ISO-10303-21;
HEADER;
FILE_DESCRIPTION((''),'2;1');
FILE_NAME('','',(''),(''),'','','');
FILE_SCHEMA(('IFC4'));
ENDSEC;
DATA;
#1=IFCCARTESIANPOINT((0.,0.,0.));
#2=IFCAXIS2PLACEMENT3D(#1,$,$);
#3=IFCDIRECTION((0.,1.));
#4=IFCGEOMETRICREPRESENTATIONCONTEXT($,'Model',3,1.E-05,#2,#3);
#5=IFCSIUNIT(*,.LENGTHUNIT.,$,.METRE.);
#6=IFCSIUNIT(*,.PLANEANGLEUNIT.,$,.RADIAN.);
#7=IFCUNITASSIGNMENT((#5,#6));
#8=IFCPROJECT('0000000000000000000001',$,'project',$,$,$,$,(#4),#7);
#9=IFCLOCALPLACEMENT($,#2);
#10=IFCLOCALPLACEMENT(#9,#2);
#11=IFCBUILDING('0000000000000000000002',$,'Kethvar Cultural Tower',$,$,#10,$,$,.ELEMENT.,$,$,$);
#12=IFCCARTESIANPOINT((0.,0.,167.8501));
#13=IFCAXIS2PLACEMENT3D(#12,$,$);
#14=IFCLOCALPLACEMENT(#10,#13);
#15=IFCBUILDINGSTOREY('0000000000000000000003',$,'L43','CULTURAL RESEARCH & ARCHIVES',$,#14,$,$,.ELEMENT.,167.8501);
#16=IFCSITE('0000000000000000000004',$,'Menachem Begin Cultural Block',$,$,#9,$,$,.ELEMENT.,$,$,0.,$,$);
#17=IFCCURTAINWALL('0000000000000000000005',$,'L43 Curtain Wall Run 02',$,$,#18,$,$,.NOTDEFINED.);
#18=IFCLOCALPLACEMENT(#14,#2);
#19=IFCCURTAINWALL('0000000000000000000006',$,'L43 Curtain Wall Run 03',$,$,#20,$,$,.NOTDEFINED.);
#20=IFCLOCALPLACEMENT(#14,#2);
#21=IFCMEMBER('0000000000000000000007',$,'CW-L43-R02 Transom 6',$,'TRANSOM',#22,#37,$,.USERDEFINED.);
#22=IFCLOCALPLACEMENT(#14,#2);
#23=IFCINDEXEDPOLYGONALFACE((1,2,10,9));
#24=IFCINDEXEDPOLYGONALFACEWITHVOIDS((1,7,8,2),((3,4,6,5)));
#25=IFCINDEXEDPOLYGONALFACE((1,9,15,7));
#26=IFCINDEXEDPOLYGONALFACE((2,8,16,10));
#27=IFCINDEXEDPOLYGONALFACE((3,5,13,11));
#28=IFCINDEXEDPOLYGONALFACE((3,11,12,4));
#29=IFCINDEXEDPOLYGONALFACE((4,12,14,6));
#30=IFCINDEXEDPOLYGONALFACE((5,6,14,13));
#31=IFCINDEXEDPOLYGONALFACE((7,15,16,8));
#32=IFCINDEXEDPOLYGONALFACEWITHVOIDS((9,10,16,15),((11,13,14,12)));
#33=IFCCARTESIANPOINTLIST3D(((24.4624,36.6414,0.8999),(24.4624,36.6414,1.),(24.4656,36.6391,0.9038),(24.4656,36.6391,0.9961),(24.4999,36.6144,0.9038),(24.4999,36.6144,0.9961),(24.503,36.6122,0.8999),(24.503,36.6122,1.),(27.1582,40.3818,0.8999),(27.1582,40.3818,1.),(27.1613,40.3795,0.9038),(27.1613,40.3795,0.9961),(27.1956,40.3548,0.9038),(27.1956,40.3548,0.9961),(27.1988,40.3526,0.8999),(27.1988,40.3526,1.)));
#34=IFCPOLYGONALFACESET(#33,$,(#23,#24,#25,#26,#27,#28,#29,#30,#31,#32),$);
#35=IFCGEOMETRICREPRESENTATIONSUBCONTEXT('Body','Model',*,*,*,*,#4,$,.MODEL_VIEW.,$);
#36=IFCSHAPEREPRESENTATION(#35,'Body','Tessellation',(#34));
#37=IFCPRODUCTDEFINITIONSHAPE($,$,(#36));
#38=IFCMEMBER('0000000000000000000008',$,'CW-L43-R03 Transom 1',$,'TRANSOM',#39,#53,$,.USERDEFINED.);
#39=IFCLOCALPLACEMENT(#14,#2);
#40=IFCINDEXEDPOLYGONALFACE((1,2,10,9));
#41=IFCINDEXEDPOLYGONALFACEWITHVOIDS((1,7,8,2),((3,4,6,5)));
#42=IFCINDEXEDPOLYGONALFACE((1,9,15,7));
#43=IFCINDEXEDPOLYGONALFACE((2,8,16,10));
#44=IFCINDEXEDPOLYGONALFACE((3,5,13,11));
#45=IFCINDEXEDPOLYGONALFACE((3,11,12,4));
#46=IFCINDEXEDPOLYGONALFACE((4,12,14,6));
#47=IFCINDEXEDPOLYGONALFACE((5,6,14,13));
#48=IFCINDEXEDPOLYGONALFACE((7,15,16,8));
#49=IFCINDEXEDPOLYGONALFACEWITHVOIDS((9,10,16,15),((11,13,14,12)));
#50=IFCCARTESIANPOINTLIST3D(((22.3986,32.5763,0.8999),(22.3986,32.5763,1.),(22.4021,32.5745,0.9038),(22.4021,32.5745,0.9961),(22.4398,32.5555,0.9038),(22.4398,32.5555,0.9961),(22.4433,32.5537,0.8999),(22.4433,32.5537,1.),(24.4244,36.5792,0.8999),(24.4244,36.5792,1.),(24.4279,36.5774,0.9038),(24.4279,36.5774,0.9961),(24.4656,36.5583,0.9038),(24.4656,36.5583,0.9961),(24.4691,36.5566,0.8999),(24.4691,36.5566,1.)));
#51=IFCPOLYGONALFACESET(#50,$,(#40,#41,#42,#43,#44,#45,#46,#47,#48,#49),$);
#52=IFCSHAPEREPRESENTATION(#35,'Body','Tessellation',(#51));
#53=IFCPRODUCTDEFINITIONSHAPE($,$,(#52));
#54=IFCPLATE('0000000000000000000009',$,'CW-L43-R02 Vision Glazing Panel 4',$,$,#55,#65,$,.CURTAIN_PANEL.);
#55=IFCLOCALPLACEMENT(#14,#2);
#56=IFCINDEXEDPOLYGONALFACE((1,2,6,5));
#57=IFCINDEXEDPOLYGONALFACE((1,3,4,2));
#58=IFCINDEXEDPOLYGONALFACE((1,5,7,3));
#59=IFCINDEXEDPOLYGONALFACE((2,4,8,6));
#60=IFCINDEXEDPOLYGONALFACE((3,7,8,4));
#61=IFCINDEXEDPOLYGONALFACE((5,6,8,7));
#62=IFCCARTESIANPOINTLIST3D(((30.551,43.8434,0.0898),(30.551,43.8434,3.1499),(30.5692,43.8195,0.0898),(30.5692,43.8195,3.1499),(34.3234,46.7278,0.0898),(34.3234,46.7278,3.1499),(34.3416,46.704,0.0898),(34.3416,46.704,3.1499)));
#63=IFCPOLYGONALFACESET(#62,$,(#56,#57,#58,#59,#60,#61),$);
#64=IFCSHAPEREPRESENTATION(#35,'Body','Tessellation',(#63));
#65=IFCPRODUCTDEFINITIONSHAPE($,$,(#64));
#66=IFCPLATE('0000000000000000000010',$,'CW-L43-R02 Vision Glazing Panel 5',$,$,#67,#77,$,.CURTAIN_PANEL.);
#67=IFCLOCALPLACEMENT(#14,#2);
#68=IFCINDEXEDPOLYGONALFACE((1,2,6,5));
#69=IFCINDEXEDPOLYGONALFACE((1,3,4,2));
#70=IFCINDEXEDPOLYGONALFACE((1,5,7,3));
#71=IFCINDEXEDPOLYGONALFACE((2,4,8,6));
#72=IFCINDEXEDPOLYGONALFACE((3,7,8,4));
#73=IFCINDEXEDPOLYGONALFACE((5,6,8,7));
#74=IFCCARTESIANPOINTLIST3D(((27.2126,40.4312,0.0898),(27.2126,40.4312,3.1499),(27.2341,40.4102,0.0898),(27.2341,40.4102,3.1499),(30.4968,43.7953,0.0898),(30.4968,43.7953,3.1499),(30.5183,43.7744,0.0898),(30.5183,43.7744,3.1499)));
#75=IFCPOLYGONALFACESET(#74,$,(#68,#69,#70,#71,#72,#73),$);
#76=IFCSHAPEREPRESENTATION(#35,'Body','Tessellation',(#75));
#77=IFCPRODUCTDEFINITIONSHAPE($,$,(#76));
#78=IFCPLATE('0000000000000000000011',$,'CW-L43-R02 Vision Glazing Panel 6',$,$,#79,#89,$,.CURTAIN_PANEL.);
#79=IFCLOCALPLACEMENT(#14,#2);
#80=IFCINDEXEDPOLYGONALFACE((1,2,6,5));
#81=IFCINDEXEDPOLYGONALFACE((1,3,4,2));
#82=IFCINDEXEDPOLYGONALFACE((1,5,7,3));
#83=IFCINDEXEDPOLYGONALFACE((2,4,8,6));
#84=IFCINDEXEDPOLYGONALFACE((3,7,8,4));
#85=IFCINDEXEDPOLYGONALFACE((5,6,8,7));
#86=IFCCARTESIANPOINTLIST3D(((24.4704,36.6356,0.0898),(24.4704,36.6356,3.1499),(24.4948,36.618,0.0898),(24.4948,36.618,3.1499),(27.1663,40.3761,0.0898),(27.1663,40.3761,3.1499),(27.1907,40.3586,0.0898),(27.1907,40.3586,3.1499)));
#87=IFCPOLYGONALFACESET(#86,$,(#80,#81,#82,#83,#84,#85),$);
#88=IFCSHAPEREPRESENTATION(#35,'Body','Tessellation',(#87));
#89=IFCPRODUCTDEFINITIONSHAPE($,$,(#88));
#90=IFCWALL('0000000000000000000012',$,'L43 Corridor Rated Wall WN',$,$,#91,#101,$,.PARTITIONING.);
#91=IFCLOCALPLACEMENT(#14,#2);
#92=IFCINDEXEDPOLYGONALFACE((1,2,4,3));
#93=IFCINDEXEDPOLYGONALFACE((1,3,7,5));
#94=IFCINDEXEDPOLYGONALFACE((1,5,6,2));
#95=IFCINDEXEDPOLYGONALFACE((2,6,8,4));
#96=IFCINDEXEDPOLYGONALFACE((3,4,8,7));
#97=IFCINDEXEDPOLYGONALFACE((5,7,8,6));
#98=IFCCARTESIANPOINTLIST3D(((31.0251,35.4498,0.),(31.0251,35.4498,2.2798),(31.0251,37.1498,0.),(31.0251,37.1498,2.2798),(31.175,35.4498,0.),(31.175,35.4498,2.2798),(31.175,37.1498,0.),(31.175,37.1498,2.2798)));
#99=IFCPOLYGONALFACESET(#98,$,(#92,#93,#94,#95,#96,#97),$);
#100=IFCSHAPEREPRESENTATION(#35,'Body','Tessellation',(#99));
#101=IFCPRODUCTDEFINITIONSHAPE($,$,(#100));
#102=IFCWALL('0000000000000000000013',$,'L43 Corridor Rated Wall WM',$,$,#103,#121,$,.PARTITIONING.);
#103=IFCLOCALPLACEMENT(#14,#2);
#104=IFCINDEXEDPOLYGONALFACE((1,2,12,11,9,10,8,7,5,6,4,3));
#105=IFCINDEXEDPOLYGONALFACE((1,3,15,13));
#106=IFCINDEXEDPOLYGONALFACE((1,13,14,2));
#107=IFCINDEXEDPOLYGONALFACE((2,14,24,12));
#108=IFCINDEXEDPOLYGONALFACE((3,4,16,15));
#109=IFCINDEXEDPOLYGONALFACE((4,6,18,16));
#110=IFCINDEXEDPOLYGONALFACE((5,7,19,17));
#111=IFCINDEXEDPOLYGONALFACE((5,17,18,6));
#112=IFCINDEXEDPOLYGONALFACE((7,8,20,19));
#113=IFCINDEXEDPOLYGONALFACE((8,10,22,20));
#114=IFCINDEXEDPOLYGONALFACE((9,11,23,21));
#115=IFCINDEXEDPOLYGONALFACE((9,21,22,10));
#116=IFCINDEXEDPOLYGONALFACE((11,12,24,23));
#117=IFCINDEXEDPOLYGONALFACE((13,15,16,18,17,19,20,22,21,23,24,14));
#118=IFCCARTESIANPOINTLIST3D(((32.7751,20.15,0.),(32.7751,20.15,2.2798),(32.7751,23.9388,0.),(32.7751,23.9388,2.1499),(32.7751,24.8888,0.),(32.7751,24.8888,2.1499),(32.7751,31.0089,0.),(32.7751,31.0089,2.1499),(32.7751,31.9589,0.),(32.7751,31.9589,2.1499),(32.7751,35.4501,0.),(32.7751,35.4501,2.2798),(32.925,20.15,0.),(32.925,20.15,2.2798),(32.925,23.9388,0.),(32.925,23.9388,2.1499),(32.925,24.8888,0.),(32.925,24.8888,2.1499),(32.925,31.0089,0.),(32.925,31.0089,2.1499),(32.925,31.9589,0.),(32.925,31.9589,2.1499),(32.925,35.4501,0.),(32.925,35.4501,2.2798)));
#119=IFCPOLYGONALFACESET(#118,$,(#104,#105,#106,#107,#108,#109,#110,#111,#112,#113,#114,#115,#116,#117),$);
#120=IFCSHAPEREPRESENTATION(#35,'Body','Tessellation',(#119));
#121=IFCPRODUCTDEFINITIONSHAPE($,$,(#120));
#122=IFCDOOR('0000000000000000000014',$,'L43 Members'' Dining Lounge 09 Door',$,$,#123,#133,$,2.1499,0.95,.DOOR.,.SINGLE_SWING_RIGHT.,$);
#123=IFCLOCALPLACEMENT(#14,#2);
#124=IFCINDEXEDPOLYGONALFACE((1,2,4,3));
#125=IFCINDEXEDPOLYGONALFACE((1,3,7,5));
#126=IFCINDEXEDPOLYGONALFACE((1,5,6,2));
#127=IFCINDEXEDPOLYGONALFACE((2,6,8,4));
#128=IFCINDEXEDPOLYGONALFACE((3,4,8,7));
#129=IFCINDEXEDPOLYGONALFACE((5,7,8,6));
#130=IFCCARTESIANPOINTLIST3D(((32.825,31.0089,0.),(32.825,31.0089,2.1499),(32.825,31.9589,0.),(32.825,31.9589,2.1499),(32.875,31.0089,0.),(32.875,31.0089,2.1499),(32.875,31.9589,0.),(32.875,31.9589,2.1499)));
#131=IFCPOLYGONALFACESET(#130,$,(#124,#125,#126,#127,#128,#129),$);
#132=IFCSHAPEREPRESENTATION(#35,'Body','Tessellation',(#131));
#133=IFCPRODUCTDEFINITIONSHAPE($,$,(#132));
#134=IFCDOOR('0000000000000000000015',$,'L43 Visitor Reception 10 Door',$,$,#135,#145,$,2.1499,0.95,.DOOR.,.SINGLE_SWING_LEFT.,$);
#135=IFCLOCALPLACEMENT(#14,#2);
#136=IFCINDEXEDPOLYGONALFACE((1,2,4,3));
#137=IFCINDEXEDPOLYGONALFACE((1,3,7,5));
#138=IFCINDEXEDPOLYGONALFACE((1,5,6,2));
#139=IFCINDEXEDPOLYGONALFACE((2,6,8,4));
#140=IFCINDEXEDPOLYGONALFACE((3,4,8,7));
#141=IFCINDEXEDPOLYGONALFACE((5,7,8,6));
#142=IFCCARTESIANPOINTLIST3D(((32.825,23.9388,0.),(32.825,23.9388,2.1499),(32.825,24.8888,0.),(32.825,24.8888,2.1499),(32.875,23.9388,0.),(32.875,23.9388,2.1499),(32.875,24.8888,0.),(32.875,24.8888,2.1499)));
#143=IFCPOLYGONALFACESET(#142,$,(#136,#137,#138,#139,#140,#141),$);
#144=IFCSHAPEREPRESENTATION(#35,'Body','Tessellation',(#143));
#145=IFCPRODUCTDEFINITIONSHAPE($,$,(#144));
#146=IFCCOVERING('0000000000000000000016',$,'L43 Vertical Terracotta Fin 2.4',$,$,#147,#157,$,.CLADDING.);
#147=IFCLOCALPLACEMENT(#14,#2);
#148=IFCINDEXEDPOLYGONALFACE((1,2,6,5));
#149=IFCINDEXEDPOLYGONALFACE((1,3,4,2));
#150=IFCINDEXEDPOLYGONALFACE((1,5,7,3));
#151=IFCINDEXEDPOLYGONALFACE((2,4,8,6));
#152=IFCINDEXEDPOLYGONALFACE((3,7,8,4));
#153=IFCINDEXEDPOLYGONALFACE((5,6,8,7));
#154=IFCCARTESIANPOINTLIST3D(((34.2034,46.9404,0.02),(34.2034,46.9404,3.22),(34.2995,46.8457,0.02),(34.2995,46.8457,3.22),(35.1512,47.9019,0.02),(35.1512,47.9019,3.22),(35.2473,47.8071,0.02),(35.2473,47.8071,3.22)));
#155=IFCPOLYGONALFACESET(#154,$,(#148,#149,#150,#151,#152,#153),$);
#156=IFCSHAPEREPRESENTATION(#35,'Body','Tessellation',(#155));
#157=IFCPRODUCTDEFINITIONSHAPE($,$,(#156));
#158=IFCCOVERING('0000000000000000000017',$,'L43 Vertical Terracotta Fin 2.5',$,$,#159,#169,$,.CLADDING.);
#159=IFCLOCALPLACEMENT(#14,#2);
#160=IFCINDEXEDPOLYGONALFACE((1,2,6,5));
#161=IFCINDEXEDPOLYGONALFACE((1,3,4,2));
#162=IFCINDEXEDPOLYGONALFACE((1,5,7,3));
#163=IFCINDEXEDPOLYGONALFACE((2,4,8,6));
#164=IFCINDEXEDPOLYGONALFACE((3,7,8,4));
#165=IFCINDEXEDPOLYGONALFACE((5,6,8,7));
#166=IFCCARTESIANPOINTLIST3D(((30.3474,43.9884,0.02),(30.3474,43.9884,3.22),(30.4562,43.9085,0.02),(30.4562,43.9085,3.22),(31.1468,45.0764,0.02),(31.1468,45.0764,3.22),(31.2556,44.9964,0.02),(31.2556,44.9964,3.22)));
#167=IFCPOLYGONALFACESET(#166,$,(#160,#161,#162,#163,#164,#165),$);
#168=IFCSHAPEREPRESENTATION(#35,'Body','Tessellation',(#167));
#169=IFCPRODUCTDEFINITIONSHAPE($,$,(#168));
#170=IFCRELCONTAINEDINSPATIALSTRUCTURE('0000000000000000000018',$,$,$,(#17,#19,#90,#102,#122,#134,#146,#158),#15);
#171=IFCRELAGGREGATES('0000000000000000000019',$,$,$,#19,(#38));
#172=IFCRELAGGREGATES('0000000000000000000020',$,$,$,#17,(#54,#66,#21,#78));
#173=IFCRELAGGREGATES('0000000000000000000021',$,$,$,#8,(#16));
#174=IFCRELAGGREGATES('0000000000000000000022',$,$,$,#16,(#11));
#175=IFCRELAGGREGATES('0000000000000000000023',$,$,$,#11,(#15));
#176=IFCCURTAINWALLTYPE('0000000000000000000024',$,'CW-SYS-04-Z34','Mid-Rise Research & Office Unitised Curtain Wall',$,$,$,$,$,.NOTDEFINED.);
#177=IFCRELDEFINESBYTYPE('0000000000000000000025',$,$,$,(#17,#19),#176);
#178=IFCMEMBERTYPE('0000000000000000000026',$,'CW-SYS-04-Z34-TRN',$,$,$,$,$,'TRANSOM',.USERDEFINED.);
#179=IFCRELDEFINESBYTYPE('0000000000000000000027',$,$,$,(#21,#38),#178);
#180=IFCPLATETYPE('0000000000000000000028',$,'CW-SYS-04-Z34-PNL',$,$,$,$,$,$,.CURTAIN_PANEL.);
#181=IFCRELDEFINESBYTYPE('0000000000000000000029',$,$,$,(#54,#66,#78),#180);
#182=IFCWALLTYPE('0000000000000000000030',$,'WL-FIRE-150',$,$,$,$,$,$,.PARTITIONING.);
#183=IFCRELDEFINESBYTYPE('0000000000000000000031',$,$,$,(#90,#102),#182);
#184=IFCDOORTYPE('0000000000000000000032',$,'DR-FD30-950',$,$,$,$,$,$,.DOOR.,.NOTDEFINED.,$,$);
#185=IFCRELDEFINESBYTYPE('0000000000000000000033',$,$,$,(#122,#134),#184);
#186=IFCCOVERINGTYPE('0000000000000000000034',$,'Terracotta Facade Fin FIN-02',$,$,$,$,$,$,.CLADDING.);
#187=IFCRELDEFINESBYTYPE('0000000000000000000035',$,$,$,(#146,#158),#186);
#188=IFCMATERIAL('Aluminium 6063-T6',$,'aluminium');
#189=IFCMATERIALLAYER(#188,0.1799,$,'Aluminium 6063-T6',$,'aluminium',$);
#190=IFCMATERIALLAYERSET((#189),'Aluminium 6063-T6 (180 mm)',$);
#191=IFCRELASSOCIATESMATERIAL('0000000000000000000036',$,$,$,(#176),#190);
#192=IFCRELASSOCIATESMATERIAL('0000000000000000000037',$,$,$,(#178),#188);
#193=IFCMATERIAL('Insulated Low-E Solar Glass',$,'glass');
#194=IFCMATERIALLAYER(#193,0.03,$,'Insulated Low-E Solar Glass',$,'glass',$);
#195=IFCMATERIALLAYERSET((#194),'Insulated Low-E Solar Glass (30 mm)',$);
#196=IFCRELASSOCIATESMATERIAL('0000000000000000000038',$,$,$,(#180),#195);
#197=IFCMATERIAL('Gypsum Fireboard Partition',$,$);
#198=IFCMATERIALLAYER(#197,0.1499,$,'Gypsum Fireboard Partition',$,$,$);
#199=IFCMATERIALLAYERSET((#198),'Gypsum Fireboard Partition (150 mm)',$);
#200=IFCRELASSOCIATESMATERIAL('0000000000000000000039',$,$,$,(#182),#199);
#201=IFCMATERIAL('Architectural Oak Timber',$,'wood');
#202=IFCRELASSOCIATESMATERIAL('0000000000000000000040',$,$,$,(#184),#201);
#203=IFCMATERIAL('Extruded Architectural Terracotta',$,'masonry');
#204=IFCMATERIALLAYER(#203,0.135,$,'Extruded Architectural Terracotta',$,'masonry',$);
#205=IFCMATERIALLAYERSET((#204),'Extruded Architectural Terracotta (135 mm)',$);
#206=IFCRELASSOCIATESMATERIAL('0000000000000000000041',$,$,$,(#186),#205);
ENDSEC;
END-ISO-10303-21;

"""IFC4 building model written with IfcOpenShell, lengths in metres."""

from ifc_helpers import new_model, si_unit, direction, frame, frame_2d, origin, origin_2d, place, context, subcontext, project, spatial, rectangle, hollow_rectangle, extrude, source, transform, mapped, material, layer, layer_set, material_profile, profile_set, type_object, element, fill, aggregate, save


model = new_model("IFC4")

# Units and contexts
model_context = context("Model", 3, precision=1e-05, world=origin(), true_north=direction((0.0, 1.0)))
body_context = subcontext(model_context, "Body", "Model", "MODEL_VIEW")
ifc_project = project(units=[si_unit("LENGTHUNIT", "METRE"), si_unit("PLANEANGLEUNIT", "RADIAN")], contexts=[model_context])

# Site, building, storey
site_placement = place(None, origin())
site = spatial("IfcSite", under=ifc_project, at=site_placement, Name="Menachem Begin Cultural Block", CompositionType="ELEMENT", RefElevation=0.0)
building_placement = place(site_placement, origin())
building = spatial("IfcBuilding", under=site, at=building_placement, Name="Kethvar Cultural Tower", CompositionType="ELEMENT")
storey_placement = place(building_placement, frame((0.0, 0.0, 167.8501)))
storey = spatial("IfcBuildingStorey", under=building, at=storey_placement, Name="L43", Description="CULTURAL RESEARCH & ARCHIVES", CompositionType="ELEMENT", Elevation=167.8501)

# Curtain wall
ifc_material_1 = material(Name="Aluminium 6063-T6", Category="aluminium")
ifc_layer_1 = layer(ifc_material_1, 0.1799, Name="Aluminium 6063-T6", Category="aluminium")
ifc_layer_set_1 = layer_set([ifc_layer_1], Name="Aluminium 6063-T6 (180 mm)")
curtain_wall_type = type_object("IfcCurtainWallType", Name="CW-SYS-04-Z34", Description="Mid-Rise Research & Office Unitised Curtain Wall", PredefinedType="NOTDEFINED", material=ifc_layer_set_1)
curtain_wall_1_placement = place(storey_placement, origin())
curtain_wall_1 = element("IfcCurtainWall", 1, at=curtain_wall_1_placement, inside=storey, type_object=curtain_wall_type, Name="L43 Curtain Wall Run 02", PredefinedType="NOTDEFINED")

# Curtain wall
curtain_wall_2_placement = place(storey_placement, origin())
curtain_wall_2 = element("IfcCurtainWall", 2, at=curtain_wall_2_placement, inside=storey, type_object=curtain_wall_type, Name="L43 Curtain Wall Run 03", PredefinedType="NOTDEFINED")

# Members
ifc_material_profile_1 = material_profile(ifc_material_1, hollow_rectangle(XDim=0.05, YDim=0.1001, WallThickness=0.0039, at=origin_2d()), Name="Aluminium 6063-T6 — RHS100x50x4")
ifc_profile_set_1 = profile_set([ifc_material_profile_1], Name="Aluminium 6063-T6 — RHS100x50x4")
member_type_1 = type_object("IfcMemberType", Name="CW-SYS-04-Z34-TRN", ElementType="TRANSOM", PredefinedType="USERDEFINED", material=ifc_profile_set_1)
shared_shape_1 = source(origin(), body_context, "Body", "SweptSolid", [
    extrude(hollow_rectangle(XDim=0.05, YDim=0.1001, WallThickness=0.0039, at=origin_2d()), origin(), (0.0, 0.0, 1.0), 4.6106),
])
member_1_placement = place(storey_placement, frame((27.1785, 40.3672, 0.95), z_axis=(-0.584684, -0.811261, 0.0), x_axis=(0.811261, -0.584684, 0.0)))
member_1 = element("IfcMember", 3, at=member_1_placement, type_object=member_type_1, Name="CW-L43-R02 Transom 6", ObjectType="TRANSOM", PredefinedType="USERDEFINED", context=body_context, shape_type="MappedRepresentation", body=[
    mapped(shared_shape_1, transform((0.0, 0.0, 0.0), scale=1.0)),
])
shared_shape_2 = source(origin(), body_context, "Body", "SweptSolid", [
    extrude(hollow_rectangle(XDim=0.05, YDim=0.1001, WallThickness=0.0039, at=origin_2d()), origin(), (0.0, 0.0, 1.0), 4.4863),
])
member_2_placement = place(storey_placement, frame((24.4468, 36.5679, 0.95), z_axis=(-0.451562, -0.89224, 0.0), x_axis=(0.89224, -0.451562, 0.0)))
member_2 = element("IfcMember", 4, at=member_2_placement, type_object=member_type_1, Name="CW-L43-R03 Transom 1", ObjectType="TRANSOM", PredefinedType="USERDEFINED", context=body_context, shape_type="MappedRepresentation", body=[
    mapped(shared_shape_2, transform((0.0, 0.0, 0.0), scale=1.0)),
])
aggregate(curtain_wall_2, [member_2])

# Plates
ifc_material_2 = material(Name="Insulated Low-E Solar Glass", Category="glass")
ifc_layer_2 = layer(ifc_material_2, 0.03, Name="Insulated Low-E Solar Glass", Category="glass")
ifc_layer_set_2 = layer_set([ifc_layer_2], Name="Insulated Low-E Solar Glass (30 mm)")
plate_type = type_object("IfcPlateType", Name="CW-SYS-04-Z34-PNL", PredefinedType="CURTAIN_PANEL", material=ifc_layer_set_2)
shared_shape_3 = source(origin(), body_context, "Body", "SweptSolid", [
    extrude(rectangle(XDim=4.7488, YDim=0.03, at=origin_2d()), origin(), (0.0, 0.0, 1.0), 3.0601),
])
plate_1_placement = place(storey_placement, frame((32.4463, 45.2737, 0.0898), z_axis=(0.0, 0.0, 1.0), x_axis=(-0.794393, -0.607404, 0.0)))
plate_1 = element("IfcPlate", 5, at=plate_1_placement, type_object=plate_type, Name="CW-L43-R02 Vision Glazing Panel 4", PredefinedType="CURTAIN_PANEL", context=body_context, shape_type="MappedRepresentation", body=[
    mapped(shared_shape_3, transform((0.0, 0.0, 0.0), scale=1.0)),
])
shared_shape_4 = source(origin(), body_context, "Body", "SweptSolid", [
    extrude(rectangle(XDim=4.7014, YDim=0.03, at=origin_2d()), origin(), (0.0, 0.0, 1.0), 3.0601),
])
plate_2_placement = place(storey_placement, frame((28.8655, 42.1028, 0.0898), z_axis=(0.0, 0.0, 1.0), x_axis=(-0.698553, -0.715559, 0.0)))
plate_2 = element("IfcPlate", 6, at=plate_2_placement, type_object=plate_type, Name="CW-L43-R02 Vision Glazing Panel 5", PredefinedType="CURTAIN_PANEL", context=body_context, shape_type="MappedRepresentation", body=[
    mapped(shared_shape_4, transform((0.0, 0.0, 0.0), scale=1.0)),
])
shared_shape_5 = source(origin(), body_context, "Body", "SweptSolid", [
    extrude(rectangle(XDim=4.6108, YDim=0.03, at=origin_2d()), origin(), (0.0, 0.0, 1.0), 3.0601),
])
plate_3_placement = place(storey_placement, frame((25.8306, 38.4971, 0.0898), z_axis=(0.0, 0.0, 1.0), x_axis=(-0.584689, -0.811258, 0.0)))
plate_3 = element("IfcPlate", 7, at=plate_3_placement, type_object=plate_type, Name="CW-L43-R02 Vision Glazing Panel 6", PredefinedType="CURTAIN_PANEL", context=body_context, shape_type="MappedRepresentation", body=[
    mapped(shared_shape_5, transform((0.0, 0.0, 0.0), scale=1.0)),
])
aggregate(curtain_wall_1, [plate_1, plate_2, member_1, plate_3])

# Wall
ifc_material_3 = material(Name="Gypsum Fireboard Partition")
ifc_layer_3 = layer(ifc_material_3, 0.1499, Name="Gypsum Fireboard Partition")
ifc_layer_set_3 = layer_set([ifc_layer_3], Name="Gypsum Fireboard Partition (150 mm)")
wall_type = type_object("IfcWallType", Name="WL-FIRE-150", PredefinedType="PARTITIONING", material=ifc_layer_set_3)
wall_1_placement = place(storey_placement, frame((31.1001, 37.1499, 0.0), z_axis=(0.0, 0.0, 1.0), x_axis=(0.0, -1.0, 0.0)))
element("IfcWall", 8, at=wall_1_placement, inside=storey, type_object=wall_type, Name="L43 Corridor Rated Wall WN", PredefinedType="PARTITIONING", context=body_context, shape_type="SweptSolid", body=[
    extrude(rectangle(XDim=1.7, YDim=0.1499, at=frame_2d((0.8501, 0.0))), origin(), (0.0, 0.0, 1.0), 2.2798),
])

# Wall, openings, doors
wall_2_placement = place(storey_placement, frame((32.8501, 35.45, 0.0), z_axis=(0.0, 0.0, 1.0), x_axis=(0.0, -1.0, 0.0)))
wall_2 = element("IfcWall", 9, at=wall_2_placement, inside=storey, type_object=wall_type, Name="L43 Corridor Rated Wall WM", PredefinedType="PARTITIONING", context=body_context, shape_type="SweptSolid", body=[
    extrude(rectangle(XDim=15.3, YDim=0.1499, at=frame_2d((7.6499, 0.0))), origin(), (0.0, 0.0, 1.0), 2.2798),
])
opening_1_placement = place(wall_2_placement, frame((3.491, 0.0, 0.0)))
opening_1 = element("IfcOpeningElement", 10, at=opening_1_placement, cuts=wall_2, PredefinedType="OPENING", context=body_context, shape_type="SweptSolid", body=[
    extrude(rectangle(XDim=0.95, YDim=2.1499, at=frame_2d((0.4751, 1.075))), frame((0.0, 0.085, 0.0), z_axis=(0.0, -1.0, 0.0), x_axis=(1.0, 0.0, 0.0)), (0.0, 0.0, 1.0), 0.1699),
])
opening_2_placement = place(wall_2_placement, frame((10.561, 0.0, 0.0)))
opening_2 = element("IfcOpeningElement", 11, at=opening_2_placement, cuts=wall_2, PredefinedType="OPENING", context=body_context, shape_type="SweptSolid", body=[
    extrude(rectangle(XDim=0.95, YDim=2.1499, at=frame_2d((0.4751, 1.075))), frame((0.0, 0.085, 0.0), z_axis=(0.0, -1.0, 0.0), x_axis=(1.0, 0.0, 0.0)), (0.0, 0.0, 1.0), 0.1699),
])
ifc_material_4 = material(Name="Architectural Oak Timber", Category="wood")
door_type = type_object("IfcDoorType", Name="DR-FD30-950", OperationType="NOTDEFINED", PredefinedType="DOOR", material=ifc_material_4)
shared_shape_6 = source(origin(), body_context, "Body", "SweptSolid", [
    extrude(rectangle(XDim=0.95, YDim=2.1499, at=frame_2d((0.4751, 1.075))), frame((0.0, 0.0249, 0.0), z_axis=(0.0, -1.0, 0.0), x_axis=(1.0, 0.0, 0.0)), (0.0, 0.0, 1.0), 0.05),
])
door_1_placement = place(opening_1_placement, origin())
door_1 = element("IfcDoor", 12, at=door_1_placement, inside=storey, type_object=door_type, Name="L43 Members' Dining Lounge 09 Door", OperationType="SINGLE_SWING_RIGHT", OverallHeight=2.1499, OverallWidth=0.95, PredefinedType="DOOR", context=body_context, shape_type="MappedRepresentation", body=[
    mapped(shared_shape_6, transform((0.0, 0.0, 0.0), scale=1.0)),
])
fill(opening_1, door_1)
door_2_placement = place(opening_2_placement, origin())
door_2 = element("IfcDoor", 13, at=door_2_placement, inside=storey, type_object=door_type, Name="L43 Visitor Reception 10 Door", OperationType="SINGLE_SWING_LEFT", OverallHeight=2.1499, OverallWidth=0.95, PredefinedType="DOOR", context=body_context, shape_type="MappedRepresentation", body=[
    mapped(shared_shape_6, transform((0.0, 0.0, 0.0), scale=1.0)),
])
fill(opening_2, door_2)

# Coverings
ifc_material_5 = material(Name="Extruded Architectural Terracotta", Category="masonry")
ifc_layer_4 = layer(ifc_material_5, 0.135, Name="Extruded Architectural Terracotta", Category="masonry")
ifc_layer_set_4 = layer_set([ifc_layer_4], Name="Extruded Architectural Terracotta (135 mm)")
covering_type = type_object("IfcCoveringType", Name="Terracotta Facade Fin FIN-02", PredefinedType="CLADDING", material=ifc_layer_set_4)
shared_shape_7 = source(origin(), body_context, "Body", "SweptSolid", [
    extrude(rectangle(XDim=1.3501, YDim=0.135, at=origin_2d()), origin(), (0.0, 0.0, 1.0), 3.2),
])
for number, where, z_axis, x_axis, name in (
    (14, (34.7253, 47.3738, 0.02), (0.0, 0.0, 1.0), (0.702029, 0.712149, 0.0), "L43 Vertical Terracotta Fin 2.4"),
    (15, (30.8015, 44.4924, 0.02), (0.0, 0.0, 1.0), (0.592154, 0.805825, 0.0), "L43 Vertical Terracotta Fin 2.5"),
):
    element("IfcCovering", number, at=place(storey_placement, frame(where, z_axis=z_axis, x_axis=x_axis)), inside=storey, type_object=covering_type, Name=name, PredefinedType="CLADDING", context=body_context, shape_type="MappedRepresentation", body=[
        mapped(shared_shape_7, transform((0.0, 0.0, 0.0), scale=1.0)),
    ])

save(model, "model.ifc")
